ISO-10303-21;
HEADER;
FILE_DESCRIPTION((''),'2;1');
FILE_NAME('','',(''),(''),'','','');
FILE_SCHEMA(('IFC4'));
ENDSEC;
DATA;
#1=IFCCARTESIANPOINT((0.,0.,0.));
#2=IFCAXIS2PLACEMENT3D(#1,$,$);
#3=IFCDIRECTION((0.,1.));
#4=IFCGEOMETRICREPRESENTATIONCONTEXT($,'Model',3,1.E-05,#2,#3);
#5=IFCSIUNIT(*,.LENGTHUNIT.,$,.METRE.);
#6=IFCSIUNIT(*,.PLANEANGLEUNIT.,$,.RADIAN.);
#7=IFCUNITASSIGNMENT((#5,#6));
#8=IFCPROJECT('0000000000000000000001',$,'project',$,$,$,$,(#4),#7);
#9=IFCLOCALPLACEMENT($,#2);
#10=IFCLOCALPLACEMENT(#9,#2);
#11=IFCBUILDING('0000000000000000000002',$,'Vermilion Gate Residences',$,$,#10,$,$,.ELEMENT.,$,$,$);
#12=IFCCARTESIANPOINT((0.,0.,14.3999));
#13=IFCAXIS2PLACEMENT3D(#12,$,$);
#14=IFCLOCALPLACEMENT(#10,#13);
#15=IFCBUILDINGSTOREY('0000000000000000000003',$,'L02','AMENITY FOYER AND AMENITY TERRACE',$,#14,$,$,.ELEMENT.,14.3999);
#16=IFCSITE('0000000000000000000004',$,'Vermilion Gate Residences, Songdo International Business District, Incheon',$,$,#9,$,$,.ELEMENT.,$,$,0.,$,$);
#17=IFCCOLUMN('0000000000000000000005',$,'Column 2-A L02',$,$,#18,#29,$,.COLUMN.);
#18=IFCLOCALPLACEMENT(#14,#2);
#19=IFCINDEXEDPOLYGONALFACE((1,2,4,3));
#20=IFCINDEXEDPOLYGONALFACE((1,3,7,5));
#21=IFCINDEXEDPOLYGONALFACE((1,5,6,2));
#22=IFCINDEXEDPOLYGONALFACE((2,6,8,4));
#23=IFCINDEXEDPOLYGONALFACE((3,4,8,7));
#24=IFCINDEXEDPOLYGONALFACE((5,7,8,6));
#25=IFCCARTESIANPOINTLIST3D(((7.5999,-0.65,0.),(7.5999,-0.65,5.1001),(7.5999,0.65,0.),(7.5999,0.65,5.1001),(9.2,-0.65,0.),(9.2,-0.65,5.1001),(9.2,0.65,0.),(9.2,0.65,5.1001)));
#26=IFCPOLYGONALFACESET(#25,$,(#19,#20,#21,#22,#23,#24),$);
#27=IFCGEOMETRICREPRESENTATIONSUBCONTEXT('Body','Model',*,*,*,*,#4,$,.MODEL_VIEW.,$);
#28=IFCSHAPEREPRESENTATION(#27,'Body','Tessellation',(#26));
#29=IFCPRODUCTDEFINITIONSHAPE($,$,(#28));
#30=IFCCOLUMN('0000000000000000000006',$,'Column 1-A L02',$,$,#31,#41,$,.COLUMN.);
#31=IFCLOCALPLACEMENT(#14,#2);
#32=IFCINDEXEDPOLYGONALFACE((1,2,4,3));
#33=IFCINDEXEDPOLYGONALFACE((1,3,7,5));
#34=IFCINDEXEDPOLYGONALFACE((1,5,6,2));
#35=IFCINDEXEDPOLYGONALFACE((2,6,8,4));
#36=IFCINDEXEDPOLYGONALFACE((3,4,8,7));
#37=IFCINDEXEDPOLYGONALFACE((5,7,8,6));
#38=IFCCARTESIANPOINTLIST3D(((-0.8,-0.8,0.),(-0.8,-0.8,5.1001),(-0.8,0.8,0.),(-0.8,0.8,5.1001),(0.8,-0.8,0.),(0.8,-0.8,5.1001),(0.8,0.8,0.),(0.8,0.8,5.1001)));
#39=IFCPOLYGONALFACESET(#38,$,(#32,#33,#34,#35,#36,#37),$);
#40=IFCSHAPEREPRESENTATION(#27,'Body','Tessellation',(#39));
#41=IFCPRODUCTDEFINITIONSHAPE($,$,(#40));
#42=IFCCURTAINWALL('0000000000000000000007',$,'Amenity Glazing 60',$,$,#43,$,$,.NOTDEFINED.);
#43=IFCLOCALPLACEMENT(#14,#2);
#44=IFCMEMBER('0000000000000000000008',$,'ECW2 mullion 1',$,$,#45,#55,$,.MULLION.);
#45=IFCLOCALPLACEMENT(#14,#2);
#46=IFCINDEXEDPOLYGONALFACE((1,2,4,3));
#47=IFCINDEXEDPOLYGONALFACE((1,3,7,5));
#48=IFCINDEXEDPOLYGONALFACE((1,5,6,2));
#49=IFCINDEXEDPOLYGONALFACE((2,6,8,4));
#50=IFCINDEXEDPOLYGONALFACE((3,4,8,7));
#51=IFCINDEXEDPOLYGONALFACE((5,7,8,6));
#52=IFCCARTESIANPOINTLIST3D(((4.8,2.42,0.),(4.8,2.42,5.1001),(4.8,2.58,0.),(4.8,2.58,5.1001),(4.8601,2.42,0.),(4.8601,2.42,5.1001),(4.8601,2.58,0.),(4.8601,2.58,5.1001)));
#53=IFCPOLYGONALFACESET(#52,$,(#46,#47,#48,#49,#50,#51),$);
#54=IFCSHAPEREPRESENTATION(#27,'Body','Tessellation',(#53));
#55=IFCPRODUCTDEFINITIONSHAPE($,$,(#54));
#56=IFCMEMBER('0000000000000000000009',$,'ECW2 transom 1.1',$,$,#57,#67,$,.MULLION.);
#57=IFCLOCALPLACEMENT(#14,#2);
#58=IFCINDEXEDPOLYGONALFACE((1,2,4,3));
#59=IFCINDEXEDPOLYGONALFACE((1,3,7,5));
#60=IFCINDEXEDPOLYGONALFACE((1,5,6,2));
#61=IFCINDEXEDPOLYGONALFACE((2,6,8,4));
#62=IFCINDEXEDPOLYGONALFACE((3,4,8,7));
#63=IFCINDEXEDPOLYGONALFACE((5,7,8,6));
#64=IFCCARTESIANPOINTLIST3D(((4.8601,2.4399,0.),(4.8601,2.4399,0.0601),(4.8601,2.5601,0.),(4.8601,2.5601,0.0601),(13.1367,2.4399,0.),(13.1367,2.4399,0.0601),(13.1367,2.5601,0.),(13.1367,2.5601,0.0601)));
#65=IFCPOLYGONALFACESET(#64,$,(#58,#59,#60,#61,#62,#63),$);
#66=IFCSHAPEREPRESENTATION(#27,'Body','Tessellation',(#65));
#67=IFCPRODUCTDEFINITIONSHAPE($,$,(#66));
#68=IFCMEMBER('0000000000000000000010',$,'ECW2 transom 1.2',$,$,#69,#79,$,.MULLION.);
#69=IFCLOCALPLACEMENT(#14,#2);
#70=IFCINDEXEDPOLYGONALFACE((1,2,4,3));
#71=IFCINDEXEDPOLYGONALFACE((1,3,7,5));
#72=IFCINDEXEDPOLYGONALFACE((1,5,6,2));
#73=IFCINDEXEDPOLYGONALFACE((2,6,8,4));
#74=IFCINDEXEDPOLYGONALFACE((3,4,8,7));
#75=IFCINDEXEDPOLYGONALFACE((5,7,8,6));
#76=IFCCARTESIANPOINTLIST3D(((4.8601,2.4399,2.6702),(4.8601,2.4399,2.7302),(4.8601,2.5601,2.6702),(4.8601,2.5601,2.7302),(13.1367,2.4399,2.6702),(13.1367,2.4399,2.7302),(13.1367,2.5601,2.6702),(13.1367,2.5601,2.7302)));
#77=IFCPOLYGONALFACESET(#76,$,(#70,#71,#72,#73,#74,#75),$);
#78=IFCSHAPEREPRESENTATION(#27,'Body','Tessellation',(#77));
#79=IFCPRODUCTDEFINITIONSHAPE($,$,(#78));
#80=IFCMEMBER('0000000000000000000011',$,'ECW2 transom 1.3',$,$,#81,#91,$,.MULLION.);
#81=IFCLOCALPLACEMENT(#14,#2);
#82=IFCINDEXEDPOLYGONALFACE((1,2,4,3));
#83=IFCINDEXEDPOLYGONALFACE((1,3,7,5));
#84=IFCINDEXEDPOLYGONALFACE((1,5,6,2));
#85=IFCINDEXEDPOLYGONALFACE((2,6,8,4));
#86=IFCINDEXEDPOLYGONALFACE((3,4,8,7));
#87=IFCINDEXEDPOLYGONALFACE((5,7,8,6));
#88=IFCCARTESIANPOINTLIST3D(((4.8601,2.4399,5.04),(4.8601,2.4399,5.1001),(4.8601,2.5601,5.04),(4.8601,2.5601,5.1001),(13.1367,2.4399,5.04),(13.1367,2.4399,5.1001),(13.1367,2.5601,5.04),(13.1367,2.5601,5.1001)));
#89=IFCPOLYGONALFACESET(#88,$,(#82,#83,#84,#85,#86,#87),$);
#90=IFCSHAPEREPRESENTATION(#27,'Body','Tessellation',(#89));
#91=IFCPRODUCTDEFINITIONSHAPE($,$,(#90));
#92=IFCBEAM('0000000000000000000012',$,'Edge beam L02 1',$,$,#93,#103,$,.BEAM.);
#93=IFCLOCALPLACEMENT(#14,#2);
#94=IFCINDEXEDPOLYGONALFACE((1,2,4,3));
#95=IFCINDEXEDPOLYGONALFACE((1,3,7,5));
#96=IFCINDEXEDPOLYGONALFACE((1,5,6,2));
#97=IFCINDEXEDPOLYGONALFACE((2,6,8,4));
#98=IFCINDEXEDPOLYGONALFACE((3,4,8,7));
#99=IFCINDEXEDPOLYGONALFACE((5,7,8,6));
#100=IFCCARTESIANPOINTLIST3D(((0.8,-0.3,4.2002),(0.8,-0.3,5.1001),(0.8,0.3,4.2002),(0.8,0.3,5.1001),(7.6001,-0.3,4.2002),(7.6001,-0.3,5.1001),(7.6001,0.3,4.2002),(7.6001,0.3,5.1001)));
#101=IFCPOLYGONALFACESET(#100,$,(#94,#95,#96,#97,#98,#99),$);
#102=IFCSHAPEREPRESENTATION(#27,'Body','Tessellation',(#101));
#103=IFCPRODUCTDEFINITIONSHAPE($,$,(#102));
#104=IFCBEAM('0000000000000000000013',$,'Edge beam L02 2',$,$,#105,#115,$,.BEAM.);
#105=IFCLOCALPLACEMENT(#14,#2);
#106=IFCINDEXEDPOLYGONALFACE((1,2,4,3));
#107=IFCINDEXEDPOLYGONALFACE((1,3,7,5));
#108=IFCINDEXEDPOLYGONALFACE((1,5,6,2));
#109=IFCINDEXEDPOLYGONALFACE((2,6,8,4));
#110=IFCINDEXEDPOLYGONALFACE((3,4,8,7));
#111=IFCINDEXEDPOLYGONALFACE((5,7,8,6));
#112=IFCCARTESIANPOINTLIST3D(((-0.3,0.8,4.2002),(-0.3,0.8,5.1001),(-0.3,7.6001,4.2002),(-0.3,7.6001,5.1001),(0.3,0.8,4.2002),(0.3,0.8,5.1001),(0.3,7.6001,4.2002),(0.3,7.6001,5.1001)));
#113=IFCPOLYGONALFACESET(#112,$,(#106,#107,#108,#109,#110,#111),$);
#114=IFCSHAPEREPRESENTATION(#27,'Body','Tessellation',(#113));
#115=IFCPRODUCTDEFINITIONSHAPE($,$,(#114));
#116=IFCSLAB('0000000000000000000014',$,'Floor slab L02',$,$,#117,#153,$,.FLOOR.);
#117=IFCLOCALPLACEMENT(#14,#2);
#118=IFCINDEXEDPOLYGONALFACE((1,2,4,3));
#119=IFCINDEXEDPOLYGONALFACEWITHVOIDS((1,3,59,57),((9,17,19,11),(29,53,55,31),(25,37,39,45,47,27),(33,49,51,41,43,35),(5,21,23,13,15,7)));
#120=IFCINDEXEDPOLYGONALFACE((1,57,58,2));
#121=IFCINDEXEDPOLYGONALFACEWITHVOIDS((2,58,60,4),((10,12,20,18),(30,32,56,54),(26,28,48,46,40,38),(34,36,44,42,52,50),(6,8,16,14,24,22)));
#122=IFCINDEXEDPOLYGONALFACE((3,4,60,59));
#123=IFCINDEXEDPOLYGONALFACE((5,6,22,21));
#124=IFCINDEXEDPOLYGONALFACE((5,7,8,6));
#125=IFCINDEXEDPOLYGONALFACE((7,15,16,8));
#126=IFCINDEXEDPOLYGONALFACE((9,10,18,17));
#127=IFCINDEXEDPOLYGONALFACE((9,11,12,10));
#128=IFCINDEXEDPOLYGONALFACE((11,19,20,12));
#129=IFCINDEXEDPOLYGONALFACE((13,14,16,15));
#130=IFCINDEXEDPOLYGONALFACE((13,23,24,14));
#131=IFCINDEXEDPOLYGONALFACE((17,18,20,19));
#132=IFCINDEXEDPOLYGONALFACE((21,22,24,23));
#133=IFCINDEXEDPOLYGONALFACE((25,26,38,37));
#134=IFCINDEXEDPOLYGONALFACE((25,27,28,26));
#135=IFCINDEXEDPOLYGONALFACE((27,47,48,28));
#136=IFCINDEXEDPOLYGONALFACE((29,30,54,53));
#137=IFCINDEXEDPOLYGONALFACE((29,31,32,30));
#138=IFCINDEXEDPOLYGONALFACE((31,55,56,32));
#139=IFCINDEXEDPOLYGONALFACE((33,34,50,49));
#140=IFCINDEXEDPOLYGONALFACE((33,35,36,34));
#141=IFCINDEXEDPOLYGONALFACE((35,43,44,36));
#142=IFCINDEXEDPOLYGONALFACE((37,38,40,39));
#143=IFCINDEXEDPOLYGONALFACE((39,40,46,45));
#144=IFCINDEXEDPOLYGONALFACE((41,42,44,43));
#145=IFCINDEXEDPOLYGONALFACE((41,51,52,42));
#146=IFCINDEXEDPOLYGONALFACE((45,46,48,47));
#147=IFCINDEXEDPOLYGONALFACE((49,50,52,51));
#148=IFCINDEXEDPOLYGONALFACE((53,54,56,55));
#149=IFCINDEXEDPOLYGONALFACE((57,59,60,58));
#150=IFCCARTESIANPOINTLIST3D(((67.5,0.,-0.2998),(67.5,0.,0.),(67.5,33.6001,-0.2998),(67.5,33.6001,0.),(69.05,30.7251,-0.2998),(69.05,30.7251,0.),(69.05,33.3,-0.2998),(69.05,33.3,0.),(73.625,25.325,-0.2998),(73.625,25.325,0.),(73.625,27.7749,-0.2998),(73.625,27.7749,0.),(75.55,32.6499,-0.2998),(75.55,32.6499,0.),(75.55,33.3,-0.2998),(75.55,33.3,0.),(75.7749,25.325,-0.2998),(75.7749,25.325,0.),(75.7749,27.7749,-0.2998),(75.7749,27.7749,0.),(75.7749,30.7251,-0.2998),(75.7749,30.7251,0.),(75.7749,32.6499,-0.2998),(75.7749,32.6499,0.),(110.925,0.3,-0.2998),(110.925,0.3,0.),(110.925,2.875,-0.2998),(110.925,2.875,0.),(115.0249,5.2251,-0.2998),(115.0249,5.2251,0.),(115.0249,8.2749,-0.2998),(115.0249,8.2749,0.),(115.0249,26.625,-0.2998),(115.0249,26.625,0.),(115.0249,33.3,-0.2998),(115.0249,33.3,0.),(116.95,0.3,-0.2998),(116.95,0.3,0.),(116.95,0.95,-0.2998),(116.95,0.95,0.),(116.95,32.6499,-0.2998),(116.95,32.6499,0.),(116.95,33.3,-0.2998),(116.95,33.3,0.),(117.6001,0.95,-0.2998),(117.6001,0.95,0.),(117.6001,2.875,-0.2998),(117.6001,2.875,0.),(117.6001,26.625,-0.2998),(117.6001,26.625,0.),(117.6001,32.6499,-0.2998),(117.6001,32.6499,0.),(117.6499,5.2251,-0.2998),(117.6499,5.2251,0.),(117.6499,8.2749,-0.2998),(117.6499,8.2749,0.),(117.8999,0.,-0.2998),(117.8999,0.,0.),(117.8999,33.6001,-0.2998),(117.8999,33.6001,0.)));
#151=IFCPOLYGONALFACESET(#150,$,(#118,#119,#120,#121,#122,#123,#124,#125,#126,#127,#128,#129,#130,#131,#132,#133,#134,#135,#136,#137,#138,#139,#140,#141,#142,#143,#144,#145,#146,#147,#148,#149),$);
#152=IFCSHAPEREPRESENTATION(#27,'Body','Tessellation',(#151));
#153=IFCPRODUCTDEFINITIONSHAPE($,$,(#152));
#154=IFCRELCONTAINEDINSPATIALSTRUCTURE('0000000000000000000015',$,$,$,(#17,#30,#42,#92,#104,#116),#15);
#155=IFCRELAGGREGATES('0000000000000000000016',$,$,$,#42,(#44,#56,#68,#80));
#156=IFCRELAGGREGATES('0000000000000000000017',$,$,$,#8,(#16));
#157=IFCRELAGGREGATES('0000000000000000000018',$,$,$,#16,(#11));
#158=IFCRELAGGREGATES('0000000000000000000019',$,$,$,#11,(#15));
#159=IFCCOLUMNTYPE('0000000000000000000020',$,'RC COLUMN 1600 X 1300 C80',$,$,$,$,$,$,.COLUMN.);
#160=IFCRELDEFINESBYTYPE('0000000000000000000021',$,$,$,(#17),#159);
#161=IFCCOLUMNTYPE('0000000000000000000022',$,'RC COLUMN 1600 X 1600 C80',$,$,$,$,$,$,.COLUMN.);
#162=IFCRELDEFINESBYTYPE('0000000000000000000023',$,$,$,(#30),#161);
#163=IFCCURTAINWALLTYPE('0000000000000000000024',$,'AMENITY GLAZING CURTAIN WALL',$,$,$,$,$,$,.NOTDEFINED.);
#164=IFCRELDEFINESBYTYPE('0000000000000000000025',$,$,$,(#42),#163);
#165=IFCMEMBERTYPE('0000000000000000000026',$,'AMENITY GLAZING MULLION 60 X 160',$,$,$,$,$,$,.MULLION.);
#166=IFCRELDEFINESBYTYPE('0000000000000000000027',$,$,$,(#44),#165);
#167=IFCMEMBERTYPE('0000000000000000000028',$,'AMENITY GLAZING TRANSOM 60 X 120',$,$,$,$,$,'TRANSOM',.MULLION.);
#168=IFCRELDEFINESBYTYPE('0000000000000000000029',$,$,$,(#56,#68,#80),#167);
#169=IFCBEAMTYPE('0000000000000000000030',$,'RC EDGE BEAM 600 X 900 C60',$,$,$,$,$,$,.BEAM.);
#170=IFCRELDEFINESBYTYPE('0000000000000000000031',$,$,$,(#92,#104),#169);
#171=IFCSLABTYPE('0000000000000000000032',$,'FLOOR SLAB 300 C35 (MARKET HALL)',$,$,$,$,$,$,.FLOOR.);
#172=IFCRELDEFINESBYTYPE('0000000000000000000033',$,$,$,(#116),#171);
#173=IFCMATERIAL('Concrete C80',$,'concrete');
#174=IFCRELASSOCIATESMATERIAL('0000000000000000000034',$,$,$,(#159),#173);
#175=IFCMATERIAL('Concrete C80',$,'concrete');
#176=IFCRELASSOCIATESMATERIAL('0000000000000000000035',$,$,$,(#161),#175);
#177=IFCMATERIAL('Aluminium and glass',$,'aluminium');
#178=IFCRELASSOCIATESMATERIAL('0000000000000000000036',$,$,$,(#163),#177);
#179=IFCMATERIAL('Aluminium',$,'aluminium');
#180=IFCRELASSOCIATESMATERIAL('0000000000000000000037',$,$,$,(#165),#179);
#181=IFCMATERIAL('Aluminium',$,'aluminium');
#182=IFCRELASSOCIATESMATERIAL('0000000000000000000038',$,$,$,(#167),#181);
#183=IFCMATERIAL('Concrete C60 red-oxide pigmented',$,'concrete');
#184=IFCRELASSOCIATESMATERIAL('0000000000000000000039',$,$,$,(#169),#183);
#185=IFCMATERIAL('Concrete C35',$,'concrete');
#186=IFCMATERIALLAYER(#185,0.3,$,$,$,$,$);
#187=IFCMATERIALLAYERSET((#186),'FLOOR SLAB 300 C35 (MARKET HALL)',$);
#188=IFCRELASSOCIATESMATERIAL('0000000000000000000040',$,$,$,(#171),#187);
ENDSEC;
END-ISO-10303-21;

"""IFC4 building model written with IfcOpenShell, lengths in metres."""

from ifc_helpers import new_model, si_unit, direction, frame, origin, origin_with_axes, origin_2d, place, context, subcontext, project, spatial, polyline, rectangle, outline, extrude, material, layer, layer_set, material_profile, profile_set, type_object, element, aggregate, save


model = new_model("IFC4")

# Units and contexts
model_context = context("Model", 3, precision=1e-05, world=origin(), true_north=direction((0.0, 1.0)))
body_context = subcontext(model_context, "Body", "Model", "MODEL_VIEW")
ifc_project = project(units=[si_unit("LENGTHUNIT", "METRE"), si_unit("PLANEANGLEUNIT", "RADIAN")], contexts=[model_context])

# Site, building, storey
site_placement = place(None, origin())
site = spatial("IfcSite", under=ifc_project, at=site_placement, Name="Vermilion Gate Residences, Songdo International Business District, Incheon", CompositionType="ELEMENT", RefElevation=0.0)
building_placement = place(site_placement, origin())
building = spatial("IfcBuilding", under=site, at=building_placement, Name="Vermilion Gate Residences", CompositionType="ELEMENT")
storey_placement = place(building_placement, frame((0.0, 0.0, 14.3999)))
storey = spatial("IfcBuildingStorey", under=building, at=storey_placement, Name="L02", Description="AMENITY FOYER AND AMENITY TERRACE", CompositionType="ELEMENT", Elevation=14.3999)

# Columns
ifc_material_1 = material(Name="Concrete C80", Category="concrete")
ifc_material_profile_1 = material_profile(ifc_material_1, rectangle(XDim=1.6001, YDim=1.3, at=origin_2d()), Name="RC-1600x1300")
ifc_profile_set_1 = profile_set([ifc_material_profile_1], Name="Concrete C80")
column_type_1 = type_object("IfcColumnType", Name="RC COLUMN 1600 X 1300 C80", PredefinedType="COLUMN", material=ifc_profile_set_1)
column_1_placement = place(storey_placement, frame((8.3999, 0.0, 0.0), z_axis=(0.0, 0.0, 1.0), x_axis=(1.0, 0.0, 0.0)))
element("IfcColumn", 1, at=column_1_placement, inside=storey, type_object=column_type_1, Name="Column 2-A L02", PredefinedType="COLUMN", context=body_context, shape_type="SweptSolid", body=[
    extrude(rectangle(XDim=1.6001, YDim=1.3, at=origin_2d()), origin(), (0.0, 0.0, 1.0), 5.1001),
])
ifc_material_2 = material(Name="Concrete C80", Category="concrete")
ifc_material_profile_2 = material_profile(ifc_material_2, rectangle(XDim=1.6001, YDim=1.6001, at=origin_2d()), Name="RC-1600x1600")
ifc_profile_set_2 = profile_set([ifc_material_profile_2], Name="Concrete C80")
column_type_2 = type_object("IfcColumnType", Name="RC COLUMN 1600 X 1600 C80", PredefinedType="COLUMN", material=ifc_profile_set_2)
column_2_placement = place(storey_placement, origin_with_axes())
element("IfcColumn", 2, at=column_2_placement, inside=storey, type_object=column_type_2, Name="Column 1-A L02", PredefinedType="COLUMN", context=body_context, shape_type="SweptSolid", body=[
    extrude(rectangle(XDim=1.6001, YDim=1.6001, at=origin_2d()), origin(), (0.0, 0.0, 1.0), 5.1001),
])

# Curtain wall, members
ifc_material_3 = material(Name="Aluminium and glass", Category="aluminium")
curtain_wall_type = type_object("IfcCurtainWallType", Name="AMENITY GLAZING CURTAIN WALL", PredefinedType="NOTDEFINED", material=ifc_material_3)
curtain_wall_placement = place(storey_placement, origin())
curtain_wall = element("IfcCurtainWall", 3, at=curtain_wall_placement, inside=storey, type_object=curtain_wall_type, Name="Amenity Glazing 60", PredefinedType="NOTDEFINED")
ifc_material_4 = material(Name="Aluminium", Category="aluminium")
ifc_material_profile_3 = material_profile(ifc_material_4, rectangle(XDim=0.1599, YDim=0.0601, at=origin_2d()), Name="MULLION 60 X 160")
ifc_profile_set_3 = profile_set([ifc_material_profile_3], Name="Aluminium")
member_type_1 = type_object("IfcMemberType", Name="AMENITY GLAZING MULLION 60 X 160", PredefinedType="MULLION", material=ifc_profile_set_3)
member_1_placement = place(storey_placement, frame((4.8301, 2.5, 0.0), z_axis=(0.0, 0.0, 1.0), x_axis=(0.0, 1.0, 0.0)))
member_1 = element("IfcMember", 4, at=member_1_placement, type_object=member_type_1, Name="ECW2 mullion 1", PredefinedType="MULLION", context=body_context, shape_type="SweptSolid", body=[
    extrude(rectangle(XDim=0.1599, YDim=0.0601, at=origin_2d()), origin(), (0.0, 0.0, 1.0), 5.1001),
])
ifc_material_5 = material(Name="Aluminium", Category="aluminium")
ifc_material_profile_4 = material_profile(ifc_material_5, rectangle(XDim=0.1201, YDim=0.0601, at=origin_2d()), Name="TRANSOM 60 X 120")
ifc_profile_set_4 = profile_set([ifc_material_profile_4], Name="Aluminium")
member_type_2 = type_object("IfcMemberType", Name="AMENITY GLAZING TRANSOM 60 X 120", ElementType="TRANSOM", PredefinedType="MULLION", material=ifc_profile_set_4)
member_2_placement = place(storey_placement, frame((4.8601, 2.5, 0.03), z_axis=(1.0, 0.0, 0.0), x_axis=(0.0, 1.0, 0.0)))
member_2 = element("IfcMember", 5, at=member_2_placement, type_object=member_type_2, Name="ECW2 transom 1.1", PredefinedType="MULLION", context=body_context, shape_type="SweptSolid", body=[
    extrude(rectangle(XDim=0.1201, YDim=0.0601, at=origin_2d()), origin(), (0.0, 0.0, 1.0), 8.2766),
])
member_3_placement = place(storey_placement, frame((4.8601, 2.5, 2.7002), z_axis=(1.0, 0.0, 0.0), x_axis=(0.0, 1.0, 0.0)))
member_3 = element("IfcMember", 6, at=member_3_placement, type_object=member_type_2, Name="ECW2 transom 1.2", PredefinedType="MULLION", context=body_context, shape_type="SweptSolid", body=[
    extrude(rectangle(XDim=0.1201, YDim=0.0601, at=origin_2d()), origin(), (0.0, 0.0, 1.0), 8.2766),
])
member_4_placement = place(storey_placement, frame((4.8601, 2.5, 5.0701), z_axis=(1.0, 0.0, 0.0), x_axis=(0.0, 1.0, 0.0)))
member_4 = element("IfcMember", 7, at=member_4_placement, type_object=member_type_2, Name="ECW2 transom 1.3", PredefinedType="MULLION", context=body_context, shape_type="SweptSolid", body=[
    extrude(rectangle(XDim=0.1201, YDim=0.0601, at=origin_2d()), origin(), (0.0, 0.0, 1.0), 8.2766),
])
aggregate(curtain_wall, [member_1, member_2, member_3, member_4])

# Beams
ifc_material_6 = material(Name="Concrete C60 red-oxide pigmented", Category="concrete")
ifc_material_profile_5 = material_profile(ifc_material_6, rectangle(XDim=0.6001, YDim=0.8999, at=origin_2d()), Name="RC-600x900")
ifc_profile_set_5 = profile_set([ifc_material_profile_5], Name="Concrete C60 red-oxide pigmented")
beam_type = type_object("IfcBeamType", Name="RC EDGE BEAM 600 X 900 C60", PredefinedType="BEAM", material=ifc_profile_set_5)
for number, where, z_axis, x_axis, name in (
    (8, (0.8, 0.0, 4.6501), (1.0, 0.0, 0.0), (0.0, 1.0, 0.0), "Edge beam L02 1"),
    (9, (0.0, 0.8, 4.6501), (0.0, 1.0, 0.0), (-1.0, 0.0, 0.0), "Edge beam L02 2"),
):
    element("IfcBeam", number, at=place(storey_placement, frame(where, z_axis=z_axis, x_axis=x_axis)), inside=storey, type_object=beam_type, Name=name, PredefinedType="BEAM", context=body_context, shape_type="SweptSolid", body=[
        extrude(rectangle(XDim=0.6001, YDim=0.8999, at=origin_2d()), origin(), (0.0, 0.0, 1.0), 6.8),
    ])

# Slab
ifc_material_7 = material(Name="Concrete C35", Category="concrete")
ifc_layer_1 = layer(ifc_material_7, 0.3)
ifc_layer_set_1 = layer_set([ifc_layer_1], Name="FLOOR SLAB 300 C35 (MARKET HALL)")
slab_type_1 = type_object("IfcSlabType", Name="FLOOR SLAB 300 C35 (MARKET HALL)", PredefinedType="FLOOR", material=ifc_layer_set_1)
slab_1_placement = place(storey_placement, frame((0.0, 0.0, -0.2998)))
element("IfcSlab", 10, at=slab_1_placement, inside=storey, type_object=slab_type_1, Name="Floor slab L02", PredefinedType="FLOOR", context=body_context, shape_type="SweptSolid", body=[
    extrude(outline(polyline([(67.5, 0.0), (117.8999, 0.0), (117.8999, 33.6001), (67.5, 33.6001), (67.5, 0.0)]), holes=[polyline([(110.925, 2.875), (117.6001, 2.875), (117.6001, 0.95), (116.95, 0.95), (116.95, 0.3), (110.925, 0.3), (110.925, 2.875)]), polyline([(115.0249, 5.2251), (115.0249, 8.2749), (117.6499, 8.2749), (117.6499, 5.2251), (115.0249, 5.2251)]), polyline([(73.625, 25.325), (73.625, 27.7749), (75.7749, 27.7749), (75.7749, 25.325), (73.625, 25.325)]), polyline([(115.0249, 33.3), (116.95, 33.3), (116.95, 32.6499), (117.6001, 32.6499), (117.6001, 26.625), (115.0249, 26.625), (115.0249, 33.3)]), polyline([(69.05, 33.3), (75.55, 33.3), (75.55, 32.6499), (75.7749, 32.6499), (75.7749, 30.7251), (69.05, 30.7251), (69.05, 33.3)])]), origin(), (0.0, 0.0, 1.0), 0.2998),
])

save(model, "model.ifc")
